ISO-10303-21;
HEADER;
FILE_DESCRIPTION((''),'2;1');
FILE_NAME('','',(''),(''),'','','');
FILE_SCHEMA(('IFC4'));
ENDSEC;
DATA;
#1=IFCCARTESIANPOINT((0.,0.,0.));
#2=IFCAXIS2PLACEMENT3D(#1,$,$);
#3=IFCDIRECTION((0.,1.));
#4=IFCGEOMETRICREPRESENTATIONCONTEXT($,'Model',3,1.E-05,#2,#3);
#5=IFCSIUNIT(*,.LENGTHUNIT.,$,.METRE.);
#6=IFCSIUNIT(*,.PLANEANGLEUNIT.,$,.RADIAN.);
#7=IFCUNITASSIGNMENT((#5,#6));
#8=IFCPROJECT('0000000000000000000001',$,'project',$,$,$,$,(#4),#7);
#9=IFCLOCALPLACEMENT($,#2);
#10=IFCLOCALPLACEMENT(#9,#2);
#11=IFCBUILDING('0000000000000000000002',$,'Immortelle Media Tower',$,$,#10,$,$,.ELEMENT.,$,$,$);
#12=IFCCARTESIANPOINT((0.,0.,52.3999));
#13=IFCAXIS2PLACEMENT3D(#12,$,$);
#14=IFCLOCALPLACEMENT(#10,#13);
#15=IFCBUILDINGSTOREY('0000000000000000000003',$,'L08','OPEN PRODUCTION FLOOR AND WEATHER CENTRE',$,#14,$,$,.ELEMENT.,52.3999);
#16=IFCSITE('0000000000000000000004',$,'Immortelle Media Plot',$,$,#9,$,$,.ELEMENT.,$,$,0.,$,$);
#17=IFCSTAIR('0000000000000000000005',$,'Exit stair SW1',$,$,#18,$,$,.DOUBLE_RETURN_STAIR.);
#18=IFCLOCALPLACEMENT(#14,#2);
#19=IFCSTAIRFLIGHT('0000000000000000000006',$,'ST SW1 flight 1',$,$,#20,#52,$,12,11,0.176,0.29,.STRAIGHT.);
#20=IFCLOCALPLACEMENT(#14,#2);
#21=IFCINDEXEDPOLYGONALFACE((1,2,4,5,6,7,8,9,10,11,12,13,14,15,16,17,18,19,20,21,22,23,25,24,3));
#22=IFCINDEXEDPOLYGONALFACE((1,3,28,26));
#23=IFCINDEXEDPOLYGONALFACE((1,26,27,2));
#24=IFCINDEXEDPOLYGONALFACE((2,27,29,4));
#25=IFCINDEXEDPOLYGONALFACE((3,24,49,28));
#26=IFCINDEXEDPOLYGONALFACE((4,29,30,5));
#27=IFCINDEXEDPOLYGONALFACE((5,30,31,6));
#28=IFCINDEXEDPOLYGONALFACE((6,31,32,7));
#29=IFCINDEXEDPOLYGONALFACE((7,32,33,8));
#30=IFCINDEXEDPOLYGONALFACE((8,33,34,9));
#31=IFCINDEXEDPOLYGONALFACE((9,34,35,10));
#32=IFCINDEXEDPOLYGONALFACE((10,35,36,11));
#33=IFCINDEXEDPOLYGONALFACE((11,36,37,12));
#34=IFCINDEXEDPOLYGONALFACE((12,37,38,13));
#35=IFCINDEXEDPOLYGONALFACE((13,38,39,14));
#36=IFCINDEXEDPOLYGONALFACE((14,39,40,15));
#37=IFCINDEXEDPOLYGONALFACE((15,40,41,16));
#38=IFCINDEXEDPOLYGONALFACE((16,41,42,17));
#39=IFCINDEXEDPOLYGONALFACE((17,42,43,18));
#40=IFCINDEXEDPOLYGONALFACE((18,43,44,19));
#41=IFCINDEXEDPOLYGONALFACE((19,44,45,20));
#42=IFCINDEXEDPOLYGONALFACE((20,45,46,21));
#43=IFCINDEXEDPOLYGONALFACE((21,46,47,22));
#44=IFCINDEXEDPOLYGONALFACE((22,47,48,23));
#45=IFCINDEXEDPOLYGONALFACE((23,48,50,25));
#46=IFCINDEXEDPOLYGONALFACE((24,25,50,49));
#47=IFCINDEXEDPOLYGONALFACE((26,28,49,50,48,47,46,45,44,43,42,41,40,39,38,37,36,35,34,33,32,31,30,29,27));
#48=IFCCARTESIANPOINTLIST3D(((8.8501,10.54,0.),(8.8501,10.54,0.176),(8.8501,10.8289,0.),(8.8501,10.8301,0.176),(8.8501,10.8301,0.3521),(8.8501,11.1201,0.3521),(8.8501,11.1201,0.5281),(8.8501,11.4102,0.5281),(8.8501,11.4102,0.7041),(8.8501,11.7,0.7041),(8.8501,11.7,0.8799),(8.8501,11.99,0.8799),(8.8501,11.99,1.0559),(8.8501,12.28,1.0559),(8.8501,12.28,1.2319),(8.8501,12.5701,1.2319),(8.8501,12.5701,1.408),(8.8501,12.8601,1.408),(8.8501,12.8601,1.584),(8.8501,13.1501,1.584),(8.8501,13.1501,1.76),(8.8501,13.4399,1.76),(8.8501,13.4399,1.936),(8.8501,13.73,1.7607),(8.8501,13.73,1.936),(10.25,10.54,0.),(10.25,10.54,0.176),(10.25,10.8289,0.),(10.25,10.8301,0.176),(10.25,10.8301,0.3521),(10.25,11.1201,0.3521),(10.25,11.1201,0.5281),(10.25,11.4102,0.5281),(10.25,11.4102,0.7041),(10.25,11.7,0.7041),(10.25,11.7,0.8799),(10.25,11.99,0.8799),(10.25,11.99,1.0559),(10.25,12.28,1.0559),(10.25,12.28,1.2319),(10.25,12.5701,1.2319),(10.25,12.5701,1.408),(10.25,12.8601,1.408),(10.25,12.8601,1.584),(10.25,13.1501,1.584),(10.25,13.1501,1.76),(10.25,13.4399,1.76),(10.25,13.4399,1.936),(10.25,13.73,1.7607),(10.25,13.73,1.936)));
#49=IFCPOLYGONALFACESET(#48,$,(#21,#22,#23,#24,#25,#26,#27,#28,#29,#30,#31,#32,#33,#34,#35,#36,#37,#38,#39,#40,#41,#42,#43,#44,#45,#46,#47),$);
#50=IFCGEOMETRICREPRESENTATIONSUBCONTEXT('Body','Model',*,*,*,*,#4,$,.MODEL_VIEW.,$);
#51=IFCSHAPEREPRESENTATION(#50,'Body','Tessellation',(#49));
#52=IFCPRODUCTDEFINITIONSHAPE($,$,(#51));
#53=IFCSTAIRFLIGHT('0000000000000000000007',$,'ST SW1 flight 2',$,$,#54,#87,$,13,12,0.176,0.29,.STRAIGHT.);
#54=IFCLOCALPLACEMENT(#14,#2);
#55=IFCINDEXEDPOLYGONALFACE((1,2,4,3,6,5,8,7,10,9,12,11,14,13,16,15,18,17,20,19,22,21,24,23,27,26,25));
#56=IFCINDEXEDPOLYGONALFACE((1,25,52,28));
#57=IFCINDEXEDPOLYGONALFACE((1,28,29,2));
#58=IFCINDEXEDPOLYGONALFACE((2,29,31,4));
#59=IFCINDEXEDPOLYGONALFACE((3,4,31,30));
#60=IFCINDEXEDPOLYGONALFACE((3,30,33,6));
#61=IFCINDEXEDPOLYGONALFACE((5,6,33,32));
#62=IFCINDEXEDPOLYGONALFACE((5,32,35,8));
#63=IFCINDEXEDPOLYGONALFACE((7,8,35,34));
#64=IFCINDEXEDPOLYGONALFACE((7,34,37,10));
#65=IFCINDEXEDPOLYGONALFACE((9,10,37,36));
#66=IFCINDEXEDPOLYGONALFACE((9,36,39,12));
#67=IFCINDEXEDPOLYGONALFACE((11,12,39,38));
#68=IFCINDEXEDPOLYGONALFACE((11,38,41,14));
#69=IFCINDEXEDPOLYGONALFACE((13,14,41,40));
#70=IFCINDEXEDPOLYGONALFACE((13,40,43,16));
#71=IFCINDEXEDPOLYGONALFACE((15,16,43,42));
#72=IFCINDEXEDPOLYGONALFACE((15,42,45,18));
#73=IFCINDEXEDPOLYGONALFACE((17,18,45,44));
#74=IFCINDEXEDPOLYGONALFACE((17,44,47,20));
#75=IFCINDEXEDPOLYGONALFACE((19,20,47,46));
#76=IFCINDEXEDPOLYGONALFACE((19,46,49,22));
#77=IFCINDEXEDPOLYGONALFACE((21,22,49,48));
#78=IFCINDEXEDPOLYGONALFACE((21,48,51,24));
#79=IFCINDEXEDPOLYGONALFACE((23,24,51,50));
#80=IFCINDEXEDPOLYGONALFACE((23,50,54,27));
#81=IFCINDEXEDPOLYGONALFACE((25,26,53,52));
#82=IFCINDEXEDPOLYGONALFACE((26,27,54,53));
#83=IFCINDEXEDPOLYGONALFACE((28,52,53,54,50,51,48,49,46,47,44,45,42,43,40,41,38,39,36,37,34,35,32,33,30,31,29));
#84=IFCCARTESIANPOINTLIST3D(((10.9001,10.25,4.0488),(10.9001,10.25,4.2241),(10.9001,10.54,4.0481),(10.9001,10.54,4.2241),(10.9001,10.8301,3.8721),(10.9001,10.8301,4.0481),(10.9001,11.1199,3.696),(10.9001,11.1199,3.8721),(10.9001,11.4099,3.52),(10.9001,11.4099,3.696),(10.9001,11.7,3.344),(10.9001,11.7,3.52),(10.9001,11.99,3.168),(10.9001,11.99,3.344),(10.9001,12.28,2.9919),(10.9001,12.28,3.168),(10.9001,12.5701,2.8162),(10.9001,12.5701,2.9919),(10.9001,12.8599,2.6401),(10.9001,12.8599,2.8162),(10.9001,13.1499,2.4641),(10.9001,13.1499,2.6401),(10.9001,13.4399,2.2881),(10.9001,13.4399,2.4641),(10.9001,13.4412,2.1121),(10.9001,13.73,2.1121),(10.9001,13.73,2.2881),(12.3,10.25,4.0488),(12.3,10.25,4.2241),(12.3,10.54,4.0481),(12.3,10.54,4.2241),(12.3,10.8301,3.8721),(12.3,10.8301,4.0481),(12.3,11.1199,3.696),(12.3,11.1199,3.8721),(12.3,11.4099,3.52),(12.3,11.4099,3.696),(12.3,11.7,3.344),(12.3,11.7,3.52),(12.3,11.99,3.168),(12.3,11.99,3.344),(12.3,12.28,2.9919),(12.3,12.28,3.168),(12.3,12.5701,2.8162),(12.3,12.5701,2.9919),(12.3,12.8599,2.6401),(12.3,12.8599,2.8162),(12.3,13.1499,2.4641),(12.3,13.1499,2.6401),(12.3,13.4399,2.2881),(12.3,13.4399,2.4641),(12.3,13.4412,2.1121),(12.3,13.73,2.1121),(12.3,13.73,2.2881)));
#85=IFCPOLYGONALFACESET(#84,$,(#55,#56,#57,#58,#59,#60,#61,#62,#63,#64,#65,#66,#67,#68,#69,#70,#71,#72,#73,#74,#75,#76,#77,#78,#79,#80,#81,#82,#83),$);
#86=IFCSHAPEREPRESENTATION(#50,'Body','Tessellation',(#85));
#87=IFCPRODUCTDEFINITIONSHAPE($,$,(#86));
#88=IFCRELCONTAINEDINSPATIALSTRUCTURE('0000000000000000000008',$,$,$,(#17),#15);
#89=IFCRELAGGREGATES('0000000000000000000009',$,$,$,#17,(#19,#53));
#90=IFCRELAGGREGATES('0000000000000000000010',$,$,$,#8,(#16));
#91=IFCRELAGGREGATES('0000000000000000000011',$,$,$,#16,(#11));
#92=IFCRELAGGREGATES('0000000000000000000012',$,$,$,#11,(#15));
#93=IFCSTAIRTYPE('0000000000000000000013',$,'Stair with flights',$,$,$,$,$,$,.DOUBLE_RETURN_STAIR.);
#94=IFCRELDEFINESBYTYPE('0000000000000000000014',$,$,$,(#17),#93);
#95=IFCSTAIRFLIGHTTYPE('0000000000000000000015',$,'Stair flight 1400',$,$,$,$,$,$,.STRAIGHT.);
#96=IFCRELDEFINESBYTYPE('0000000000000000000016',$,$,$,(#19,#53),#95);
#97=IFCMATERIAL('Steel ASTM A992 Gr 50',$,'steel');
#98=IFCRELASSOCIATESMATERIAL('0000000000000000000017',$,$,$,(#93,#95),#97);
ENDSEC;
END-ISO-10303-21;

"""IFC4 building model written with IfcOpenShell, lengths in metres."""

from ifc_helpers import new_model, si_unit, direction, frame, origin, place, context, subcontext, project, spatial, polyline, outline, extrude, material, type_object, element, aggregate, save


model = new_model("IFC4")

# Units and contexts
model_context = context("Model", 3, precision=1e-05, world=origin(), true_north=direction((0.0, 1.0)))
body_context = subcontext(model_context, "Body", "Model", "MODEL_VIEW")
ifc_project = project(units=[si_unit("LENGTHUNIT", "METRE"), si_unit("PLANEANGLEUNIT", "RADIAN")], contexts=[model_context])

# Site, building, storey
site_placement = place(None, origin())
site = spatial("IfcSite", under=ifc_project, at=site_placement, Name="Immortelle Media Plot", CompositionType="ELEMENT", RefElevation=0.0)
building_placement = place(site_placement, origin())
building = spatial("IfcBuilding", under=site, at=building_placement, Name="Immortelle Media Tower", CompositionType="ELEMENT")
storey_placement = place(building_placement, frame((0.0, 0.0, 52.3999)))
storey = spatial("IfcBuildingStorey", under=building, at=storey_placement, Name="L08", Description="OPEN PRODUCTION FLOOR AND WEATHER CENTRE", CompositionType="ELEMENT", Elevation=52.3999)

# Shared definitions
ifc_material_1 = material(Name="Steel ASTM A992 Gr 50", Category="steel")

# Stair, stair flights
stair_type = type_object("IfcStairType", Name="Stair with flights", PredefinedType="DOUBLE_RETURN_STAIR", material=ifc_material_1)
stair_placement = place(storey_placement, origin())
stair = element("IfcStair", 1, at=stair_placement, inside=storey, type_object=stair_type, Name="Exit stair SW1", PredefinedType="DOUBLE_RETURN_STAIR")
stair_flight_type = type_object("IfcStairFlightType", Name="Stair flight 1400", PredefinedType="STRAIGHT", material=ifc_material_1)
stair_flight_1_placement = place(storey_placement, frame((9.55, 10.54, 0.0), z_axis=(0.0, 0.0, 1.0), x_axis=(0.0, 1.0, 0.0)))
stair_flight_1 = element("IfcStairFlight", 2, at=stair_flight_1_placement, type_object=stair_flight_type, Name="ST SW1 flight 1", NumberOfRisers=12, NumberOfTreads=11, PredefinedType="STRAIGHT", RiserHeight=0.176, TreadLength=0.29, context=body_context, shape_type="SweptSolid", body=[
    extrude(outline(polyline([(0.0, 0.0), (0.0, 0.176), (0.29, 0.176), (0.29, 0.3521), (0.5801, 0.3521), (0.5801, 0.5281), (0.8701, 0.5281), (0.8701, 0.7041), (1.1599, 0.7041), (1.1599, 0.8799), (1.45, 0.8799), (1.45, 1.0559), (1.74, 1.0559), (1.74, 1.2319), (2.03, 1.2319), (2.03, 1.408), (2.3201, 1.408), (2.3201, 1.584), (2.6101, 1.584), (2.6101, 1.76), (2.8999, 1.76), (2.8999, 1.936), (3.1899, 1.936), (3.1899, 2.1121), (3.1899, 1.7607), (0.2888, 0.0), (0.0, 0.0)])), frame((0.0, 0.7, 0.0), z_axis=(0.0, -1.0, 0.0), x_axis=(1.0, 0.0, 0.0)), (0.0, 0.0, 1.0), 1.3999),
])
stair_flight_2_placement = place(storey_placement, frame((11.6001, 13.73, 2.1121), z_axis=(0.0, 0.0, 1.0), x_axis=(0.0, -1.0, 0.0)))
stair_flight_2 = element("IfcStairFlight", 3, at=stair_flight_2_placement, type_object=stair_flight_type, Name="ST SW1 flight 2", NumberOfRisers=13, NumberOfTreads=12, PredefinedType="STRAIGHT", RiserHeight=0.176, TreadLength=0.29, context=body_context, shape_type="SweptSolid", body=[
    extrude(outline(polyline([(0.0, 0.0), (0.0, 0.176), (0.29, 0.176), (0.29, 0.3521), (0.5801, 0.3521), (0.5801, 0.5281), (0.8701, 0.5281), (0.8701, 0.7041), (1.1599, 0.7041), (1.1599, 0.8799), (1.45, 0.8799), (1.45, 1.0559), (1.74, 1.0559), (1.74, 1.2319), (2.03, 1.2319), (2.03, 1.408), (2.3201, 1.408), (2.3201, 1.584), (2.6101, 1.584), (2.6101, 1.76), (2.8999, 1.76), (2.8999, 1.936), (3.1899, 1.936), (3.1899, 2.1121), (3.48, 2.1121), (3.48, 2.2881), (3.48, 1.9368), (0.2888, 0.0), (0.0, 0.0)])), frame((0.0, 0.7, 0.0), z_axis=(0.0, -1.0, 0.0), x_axis=(1.0, 0.0, 0.0)), (0.0, 0.0, 1.0), 1.3999),
])
aggregate(stair, [stair_flight_1, stair_flight_2])

save(model, "model.ifc")
